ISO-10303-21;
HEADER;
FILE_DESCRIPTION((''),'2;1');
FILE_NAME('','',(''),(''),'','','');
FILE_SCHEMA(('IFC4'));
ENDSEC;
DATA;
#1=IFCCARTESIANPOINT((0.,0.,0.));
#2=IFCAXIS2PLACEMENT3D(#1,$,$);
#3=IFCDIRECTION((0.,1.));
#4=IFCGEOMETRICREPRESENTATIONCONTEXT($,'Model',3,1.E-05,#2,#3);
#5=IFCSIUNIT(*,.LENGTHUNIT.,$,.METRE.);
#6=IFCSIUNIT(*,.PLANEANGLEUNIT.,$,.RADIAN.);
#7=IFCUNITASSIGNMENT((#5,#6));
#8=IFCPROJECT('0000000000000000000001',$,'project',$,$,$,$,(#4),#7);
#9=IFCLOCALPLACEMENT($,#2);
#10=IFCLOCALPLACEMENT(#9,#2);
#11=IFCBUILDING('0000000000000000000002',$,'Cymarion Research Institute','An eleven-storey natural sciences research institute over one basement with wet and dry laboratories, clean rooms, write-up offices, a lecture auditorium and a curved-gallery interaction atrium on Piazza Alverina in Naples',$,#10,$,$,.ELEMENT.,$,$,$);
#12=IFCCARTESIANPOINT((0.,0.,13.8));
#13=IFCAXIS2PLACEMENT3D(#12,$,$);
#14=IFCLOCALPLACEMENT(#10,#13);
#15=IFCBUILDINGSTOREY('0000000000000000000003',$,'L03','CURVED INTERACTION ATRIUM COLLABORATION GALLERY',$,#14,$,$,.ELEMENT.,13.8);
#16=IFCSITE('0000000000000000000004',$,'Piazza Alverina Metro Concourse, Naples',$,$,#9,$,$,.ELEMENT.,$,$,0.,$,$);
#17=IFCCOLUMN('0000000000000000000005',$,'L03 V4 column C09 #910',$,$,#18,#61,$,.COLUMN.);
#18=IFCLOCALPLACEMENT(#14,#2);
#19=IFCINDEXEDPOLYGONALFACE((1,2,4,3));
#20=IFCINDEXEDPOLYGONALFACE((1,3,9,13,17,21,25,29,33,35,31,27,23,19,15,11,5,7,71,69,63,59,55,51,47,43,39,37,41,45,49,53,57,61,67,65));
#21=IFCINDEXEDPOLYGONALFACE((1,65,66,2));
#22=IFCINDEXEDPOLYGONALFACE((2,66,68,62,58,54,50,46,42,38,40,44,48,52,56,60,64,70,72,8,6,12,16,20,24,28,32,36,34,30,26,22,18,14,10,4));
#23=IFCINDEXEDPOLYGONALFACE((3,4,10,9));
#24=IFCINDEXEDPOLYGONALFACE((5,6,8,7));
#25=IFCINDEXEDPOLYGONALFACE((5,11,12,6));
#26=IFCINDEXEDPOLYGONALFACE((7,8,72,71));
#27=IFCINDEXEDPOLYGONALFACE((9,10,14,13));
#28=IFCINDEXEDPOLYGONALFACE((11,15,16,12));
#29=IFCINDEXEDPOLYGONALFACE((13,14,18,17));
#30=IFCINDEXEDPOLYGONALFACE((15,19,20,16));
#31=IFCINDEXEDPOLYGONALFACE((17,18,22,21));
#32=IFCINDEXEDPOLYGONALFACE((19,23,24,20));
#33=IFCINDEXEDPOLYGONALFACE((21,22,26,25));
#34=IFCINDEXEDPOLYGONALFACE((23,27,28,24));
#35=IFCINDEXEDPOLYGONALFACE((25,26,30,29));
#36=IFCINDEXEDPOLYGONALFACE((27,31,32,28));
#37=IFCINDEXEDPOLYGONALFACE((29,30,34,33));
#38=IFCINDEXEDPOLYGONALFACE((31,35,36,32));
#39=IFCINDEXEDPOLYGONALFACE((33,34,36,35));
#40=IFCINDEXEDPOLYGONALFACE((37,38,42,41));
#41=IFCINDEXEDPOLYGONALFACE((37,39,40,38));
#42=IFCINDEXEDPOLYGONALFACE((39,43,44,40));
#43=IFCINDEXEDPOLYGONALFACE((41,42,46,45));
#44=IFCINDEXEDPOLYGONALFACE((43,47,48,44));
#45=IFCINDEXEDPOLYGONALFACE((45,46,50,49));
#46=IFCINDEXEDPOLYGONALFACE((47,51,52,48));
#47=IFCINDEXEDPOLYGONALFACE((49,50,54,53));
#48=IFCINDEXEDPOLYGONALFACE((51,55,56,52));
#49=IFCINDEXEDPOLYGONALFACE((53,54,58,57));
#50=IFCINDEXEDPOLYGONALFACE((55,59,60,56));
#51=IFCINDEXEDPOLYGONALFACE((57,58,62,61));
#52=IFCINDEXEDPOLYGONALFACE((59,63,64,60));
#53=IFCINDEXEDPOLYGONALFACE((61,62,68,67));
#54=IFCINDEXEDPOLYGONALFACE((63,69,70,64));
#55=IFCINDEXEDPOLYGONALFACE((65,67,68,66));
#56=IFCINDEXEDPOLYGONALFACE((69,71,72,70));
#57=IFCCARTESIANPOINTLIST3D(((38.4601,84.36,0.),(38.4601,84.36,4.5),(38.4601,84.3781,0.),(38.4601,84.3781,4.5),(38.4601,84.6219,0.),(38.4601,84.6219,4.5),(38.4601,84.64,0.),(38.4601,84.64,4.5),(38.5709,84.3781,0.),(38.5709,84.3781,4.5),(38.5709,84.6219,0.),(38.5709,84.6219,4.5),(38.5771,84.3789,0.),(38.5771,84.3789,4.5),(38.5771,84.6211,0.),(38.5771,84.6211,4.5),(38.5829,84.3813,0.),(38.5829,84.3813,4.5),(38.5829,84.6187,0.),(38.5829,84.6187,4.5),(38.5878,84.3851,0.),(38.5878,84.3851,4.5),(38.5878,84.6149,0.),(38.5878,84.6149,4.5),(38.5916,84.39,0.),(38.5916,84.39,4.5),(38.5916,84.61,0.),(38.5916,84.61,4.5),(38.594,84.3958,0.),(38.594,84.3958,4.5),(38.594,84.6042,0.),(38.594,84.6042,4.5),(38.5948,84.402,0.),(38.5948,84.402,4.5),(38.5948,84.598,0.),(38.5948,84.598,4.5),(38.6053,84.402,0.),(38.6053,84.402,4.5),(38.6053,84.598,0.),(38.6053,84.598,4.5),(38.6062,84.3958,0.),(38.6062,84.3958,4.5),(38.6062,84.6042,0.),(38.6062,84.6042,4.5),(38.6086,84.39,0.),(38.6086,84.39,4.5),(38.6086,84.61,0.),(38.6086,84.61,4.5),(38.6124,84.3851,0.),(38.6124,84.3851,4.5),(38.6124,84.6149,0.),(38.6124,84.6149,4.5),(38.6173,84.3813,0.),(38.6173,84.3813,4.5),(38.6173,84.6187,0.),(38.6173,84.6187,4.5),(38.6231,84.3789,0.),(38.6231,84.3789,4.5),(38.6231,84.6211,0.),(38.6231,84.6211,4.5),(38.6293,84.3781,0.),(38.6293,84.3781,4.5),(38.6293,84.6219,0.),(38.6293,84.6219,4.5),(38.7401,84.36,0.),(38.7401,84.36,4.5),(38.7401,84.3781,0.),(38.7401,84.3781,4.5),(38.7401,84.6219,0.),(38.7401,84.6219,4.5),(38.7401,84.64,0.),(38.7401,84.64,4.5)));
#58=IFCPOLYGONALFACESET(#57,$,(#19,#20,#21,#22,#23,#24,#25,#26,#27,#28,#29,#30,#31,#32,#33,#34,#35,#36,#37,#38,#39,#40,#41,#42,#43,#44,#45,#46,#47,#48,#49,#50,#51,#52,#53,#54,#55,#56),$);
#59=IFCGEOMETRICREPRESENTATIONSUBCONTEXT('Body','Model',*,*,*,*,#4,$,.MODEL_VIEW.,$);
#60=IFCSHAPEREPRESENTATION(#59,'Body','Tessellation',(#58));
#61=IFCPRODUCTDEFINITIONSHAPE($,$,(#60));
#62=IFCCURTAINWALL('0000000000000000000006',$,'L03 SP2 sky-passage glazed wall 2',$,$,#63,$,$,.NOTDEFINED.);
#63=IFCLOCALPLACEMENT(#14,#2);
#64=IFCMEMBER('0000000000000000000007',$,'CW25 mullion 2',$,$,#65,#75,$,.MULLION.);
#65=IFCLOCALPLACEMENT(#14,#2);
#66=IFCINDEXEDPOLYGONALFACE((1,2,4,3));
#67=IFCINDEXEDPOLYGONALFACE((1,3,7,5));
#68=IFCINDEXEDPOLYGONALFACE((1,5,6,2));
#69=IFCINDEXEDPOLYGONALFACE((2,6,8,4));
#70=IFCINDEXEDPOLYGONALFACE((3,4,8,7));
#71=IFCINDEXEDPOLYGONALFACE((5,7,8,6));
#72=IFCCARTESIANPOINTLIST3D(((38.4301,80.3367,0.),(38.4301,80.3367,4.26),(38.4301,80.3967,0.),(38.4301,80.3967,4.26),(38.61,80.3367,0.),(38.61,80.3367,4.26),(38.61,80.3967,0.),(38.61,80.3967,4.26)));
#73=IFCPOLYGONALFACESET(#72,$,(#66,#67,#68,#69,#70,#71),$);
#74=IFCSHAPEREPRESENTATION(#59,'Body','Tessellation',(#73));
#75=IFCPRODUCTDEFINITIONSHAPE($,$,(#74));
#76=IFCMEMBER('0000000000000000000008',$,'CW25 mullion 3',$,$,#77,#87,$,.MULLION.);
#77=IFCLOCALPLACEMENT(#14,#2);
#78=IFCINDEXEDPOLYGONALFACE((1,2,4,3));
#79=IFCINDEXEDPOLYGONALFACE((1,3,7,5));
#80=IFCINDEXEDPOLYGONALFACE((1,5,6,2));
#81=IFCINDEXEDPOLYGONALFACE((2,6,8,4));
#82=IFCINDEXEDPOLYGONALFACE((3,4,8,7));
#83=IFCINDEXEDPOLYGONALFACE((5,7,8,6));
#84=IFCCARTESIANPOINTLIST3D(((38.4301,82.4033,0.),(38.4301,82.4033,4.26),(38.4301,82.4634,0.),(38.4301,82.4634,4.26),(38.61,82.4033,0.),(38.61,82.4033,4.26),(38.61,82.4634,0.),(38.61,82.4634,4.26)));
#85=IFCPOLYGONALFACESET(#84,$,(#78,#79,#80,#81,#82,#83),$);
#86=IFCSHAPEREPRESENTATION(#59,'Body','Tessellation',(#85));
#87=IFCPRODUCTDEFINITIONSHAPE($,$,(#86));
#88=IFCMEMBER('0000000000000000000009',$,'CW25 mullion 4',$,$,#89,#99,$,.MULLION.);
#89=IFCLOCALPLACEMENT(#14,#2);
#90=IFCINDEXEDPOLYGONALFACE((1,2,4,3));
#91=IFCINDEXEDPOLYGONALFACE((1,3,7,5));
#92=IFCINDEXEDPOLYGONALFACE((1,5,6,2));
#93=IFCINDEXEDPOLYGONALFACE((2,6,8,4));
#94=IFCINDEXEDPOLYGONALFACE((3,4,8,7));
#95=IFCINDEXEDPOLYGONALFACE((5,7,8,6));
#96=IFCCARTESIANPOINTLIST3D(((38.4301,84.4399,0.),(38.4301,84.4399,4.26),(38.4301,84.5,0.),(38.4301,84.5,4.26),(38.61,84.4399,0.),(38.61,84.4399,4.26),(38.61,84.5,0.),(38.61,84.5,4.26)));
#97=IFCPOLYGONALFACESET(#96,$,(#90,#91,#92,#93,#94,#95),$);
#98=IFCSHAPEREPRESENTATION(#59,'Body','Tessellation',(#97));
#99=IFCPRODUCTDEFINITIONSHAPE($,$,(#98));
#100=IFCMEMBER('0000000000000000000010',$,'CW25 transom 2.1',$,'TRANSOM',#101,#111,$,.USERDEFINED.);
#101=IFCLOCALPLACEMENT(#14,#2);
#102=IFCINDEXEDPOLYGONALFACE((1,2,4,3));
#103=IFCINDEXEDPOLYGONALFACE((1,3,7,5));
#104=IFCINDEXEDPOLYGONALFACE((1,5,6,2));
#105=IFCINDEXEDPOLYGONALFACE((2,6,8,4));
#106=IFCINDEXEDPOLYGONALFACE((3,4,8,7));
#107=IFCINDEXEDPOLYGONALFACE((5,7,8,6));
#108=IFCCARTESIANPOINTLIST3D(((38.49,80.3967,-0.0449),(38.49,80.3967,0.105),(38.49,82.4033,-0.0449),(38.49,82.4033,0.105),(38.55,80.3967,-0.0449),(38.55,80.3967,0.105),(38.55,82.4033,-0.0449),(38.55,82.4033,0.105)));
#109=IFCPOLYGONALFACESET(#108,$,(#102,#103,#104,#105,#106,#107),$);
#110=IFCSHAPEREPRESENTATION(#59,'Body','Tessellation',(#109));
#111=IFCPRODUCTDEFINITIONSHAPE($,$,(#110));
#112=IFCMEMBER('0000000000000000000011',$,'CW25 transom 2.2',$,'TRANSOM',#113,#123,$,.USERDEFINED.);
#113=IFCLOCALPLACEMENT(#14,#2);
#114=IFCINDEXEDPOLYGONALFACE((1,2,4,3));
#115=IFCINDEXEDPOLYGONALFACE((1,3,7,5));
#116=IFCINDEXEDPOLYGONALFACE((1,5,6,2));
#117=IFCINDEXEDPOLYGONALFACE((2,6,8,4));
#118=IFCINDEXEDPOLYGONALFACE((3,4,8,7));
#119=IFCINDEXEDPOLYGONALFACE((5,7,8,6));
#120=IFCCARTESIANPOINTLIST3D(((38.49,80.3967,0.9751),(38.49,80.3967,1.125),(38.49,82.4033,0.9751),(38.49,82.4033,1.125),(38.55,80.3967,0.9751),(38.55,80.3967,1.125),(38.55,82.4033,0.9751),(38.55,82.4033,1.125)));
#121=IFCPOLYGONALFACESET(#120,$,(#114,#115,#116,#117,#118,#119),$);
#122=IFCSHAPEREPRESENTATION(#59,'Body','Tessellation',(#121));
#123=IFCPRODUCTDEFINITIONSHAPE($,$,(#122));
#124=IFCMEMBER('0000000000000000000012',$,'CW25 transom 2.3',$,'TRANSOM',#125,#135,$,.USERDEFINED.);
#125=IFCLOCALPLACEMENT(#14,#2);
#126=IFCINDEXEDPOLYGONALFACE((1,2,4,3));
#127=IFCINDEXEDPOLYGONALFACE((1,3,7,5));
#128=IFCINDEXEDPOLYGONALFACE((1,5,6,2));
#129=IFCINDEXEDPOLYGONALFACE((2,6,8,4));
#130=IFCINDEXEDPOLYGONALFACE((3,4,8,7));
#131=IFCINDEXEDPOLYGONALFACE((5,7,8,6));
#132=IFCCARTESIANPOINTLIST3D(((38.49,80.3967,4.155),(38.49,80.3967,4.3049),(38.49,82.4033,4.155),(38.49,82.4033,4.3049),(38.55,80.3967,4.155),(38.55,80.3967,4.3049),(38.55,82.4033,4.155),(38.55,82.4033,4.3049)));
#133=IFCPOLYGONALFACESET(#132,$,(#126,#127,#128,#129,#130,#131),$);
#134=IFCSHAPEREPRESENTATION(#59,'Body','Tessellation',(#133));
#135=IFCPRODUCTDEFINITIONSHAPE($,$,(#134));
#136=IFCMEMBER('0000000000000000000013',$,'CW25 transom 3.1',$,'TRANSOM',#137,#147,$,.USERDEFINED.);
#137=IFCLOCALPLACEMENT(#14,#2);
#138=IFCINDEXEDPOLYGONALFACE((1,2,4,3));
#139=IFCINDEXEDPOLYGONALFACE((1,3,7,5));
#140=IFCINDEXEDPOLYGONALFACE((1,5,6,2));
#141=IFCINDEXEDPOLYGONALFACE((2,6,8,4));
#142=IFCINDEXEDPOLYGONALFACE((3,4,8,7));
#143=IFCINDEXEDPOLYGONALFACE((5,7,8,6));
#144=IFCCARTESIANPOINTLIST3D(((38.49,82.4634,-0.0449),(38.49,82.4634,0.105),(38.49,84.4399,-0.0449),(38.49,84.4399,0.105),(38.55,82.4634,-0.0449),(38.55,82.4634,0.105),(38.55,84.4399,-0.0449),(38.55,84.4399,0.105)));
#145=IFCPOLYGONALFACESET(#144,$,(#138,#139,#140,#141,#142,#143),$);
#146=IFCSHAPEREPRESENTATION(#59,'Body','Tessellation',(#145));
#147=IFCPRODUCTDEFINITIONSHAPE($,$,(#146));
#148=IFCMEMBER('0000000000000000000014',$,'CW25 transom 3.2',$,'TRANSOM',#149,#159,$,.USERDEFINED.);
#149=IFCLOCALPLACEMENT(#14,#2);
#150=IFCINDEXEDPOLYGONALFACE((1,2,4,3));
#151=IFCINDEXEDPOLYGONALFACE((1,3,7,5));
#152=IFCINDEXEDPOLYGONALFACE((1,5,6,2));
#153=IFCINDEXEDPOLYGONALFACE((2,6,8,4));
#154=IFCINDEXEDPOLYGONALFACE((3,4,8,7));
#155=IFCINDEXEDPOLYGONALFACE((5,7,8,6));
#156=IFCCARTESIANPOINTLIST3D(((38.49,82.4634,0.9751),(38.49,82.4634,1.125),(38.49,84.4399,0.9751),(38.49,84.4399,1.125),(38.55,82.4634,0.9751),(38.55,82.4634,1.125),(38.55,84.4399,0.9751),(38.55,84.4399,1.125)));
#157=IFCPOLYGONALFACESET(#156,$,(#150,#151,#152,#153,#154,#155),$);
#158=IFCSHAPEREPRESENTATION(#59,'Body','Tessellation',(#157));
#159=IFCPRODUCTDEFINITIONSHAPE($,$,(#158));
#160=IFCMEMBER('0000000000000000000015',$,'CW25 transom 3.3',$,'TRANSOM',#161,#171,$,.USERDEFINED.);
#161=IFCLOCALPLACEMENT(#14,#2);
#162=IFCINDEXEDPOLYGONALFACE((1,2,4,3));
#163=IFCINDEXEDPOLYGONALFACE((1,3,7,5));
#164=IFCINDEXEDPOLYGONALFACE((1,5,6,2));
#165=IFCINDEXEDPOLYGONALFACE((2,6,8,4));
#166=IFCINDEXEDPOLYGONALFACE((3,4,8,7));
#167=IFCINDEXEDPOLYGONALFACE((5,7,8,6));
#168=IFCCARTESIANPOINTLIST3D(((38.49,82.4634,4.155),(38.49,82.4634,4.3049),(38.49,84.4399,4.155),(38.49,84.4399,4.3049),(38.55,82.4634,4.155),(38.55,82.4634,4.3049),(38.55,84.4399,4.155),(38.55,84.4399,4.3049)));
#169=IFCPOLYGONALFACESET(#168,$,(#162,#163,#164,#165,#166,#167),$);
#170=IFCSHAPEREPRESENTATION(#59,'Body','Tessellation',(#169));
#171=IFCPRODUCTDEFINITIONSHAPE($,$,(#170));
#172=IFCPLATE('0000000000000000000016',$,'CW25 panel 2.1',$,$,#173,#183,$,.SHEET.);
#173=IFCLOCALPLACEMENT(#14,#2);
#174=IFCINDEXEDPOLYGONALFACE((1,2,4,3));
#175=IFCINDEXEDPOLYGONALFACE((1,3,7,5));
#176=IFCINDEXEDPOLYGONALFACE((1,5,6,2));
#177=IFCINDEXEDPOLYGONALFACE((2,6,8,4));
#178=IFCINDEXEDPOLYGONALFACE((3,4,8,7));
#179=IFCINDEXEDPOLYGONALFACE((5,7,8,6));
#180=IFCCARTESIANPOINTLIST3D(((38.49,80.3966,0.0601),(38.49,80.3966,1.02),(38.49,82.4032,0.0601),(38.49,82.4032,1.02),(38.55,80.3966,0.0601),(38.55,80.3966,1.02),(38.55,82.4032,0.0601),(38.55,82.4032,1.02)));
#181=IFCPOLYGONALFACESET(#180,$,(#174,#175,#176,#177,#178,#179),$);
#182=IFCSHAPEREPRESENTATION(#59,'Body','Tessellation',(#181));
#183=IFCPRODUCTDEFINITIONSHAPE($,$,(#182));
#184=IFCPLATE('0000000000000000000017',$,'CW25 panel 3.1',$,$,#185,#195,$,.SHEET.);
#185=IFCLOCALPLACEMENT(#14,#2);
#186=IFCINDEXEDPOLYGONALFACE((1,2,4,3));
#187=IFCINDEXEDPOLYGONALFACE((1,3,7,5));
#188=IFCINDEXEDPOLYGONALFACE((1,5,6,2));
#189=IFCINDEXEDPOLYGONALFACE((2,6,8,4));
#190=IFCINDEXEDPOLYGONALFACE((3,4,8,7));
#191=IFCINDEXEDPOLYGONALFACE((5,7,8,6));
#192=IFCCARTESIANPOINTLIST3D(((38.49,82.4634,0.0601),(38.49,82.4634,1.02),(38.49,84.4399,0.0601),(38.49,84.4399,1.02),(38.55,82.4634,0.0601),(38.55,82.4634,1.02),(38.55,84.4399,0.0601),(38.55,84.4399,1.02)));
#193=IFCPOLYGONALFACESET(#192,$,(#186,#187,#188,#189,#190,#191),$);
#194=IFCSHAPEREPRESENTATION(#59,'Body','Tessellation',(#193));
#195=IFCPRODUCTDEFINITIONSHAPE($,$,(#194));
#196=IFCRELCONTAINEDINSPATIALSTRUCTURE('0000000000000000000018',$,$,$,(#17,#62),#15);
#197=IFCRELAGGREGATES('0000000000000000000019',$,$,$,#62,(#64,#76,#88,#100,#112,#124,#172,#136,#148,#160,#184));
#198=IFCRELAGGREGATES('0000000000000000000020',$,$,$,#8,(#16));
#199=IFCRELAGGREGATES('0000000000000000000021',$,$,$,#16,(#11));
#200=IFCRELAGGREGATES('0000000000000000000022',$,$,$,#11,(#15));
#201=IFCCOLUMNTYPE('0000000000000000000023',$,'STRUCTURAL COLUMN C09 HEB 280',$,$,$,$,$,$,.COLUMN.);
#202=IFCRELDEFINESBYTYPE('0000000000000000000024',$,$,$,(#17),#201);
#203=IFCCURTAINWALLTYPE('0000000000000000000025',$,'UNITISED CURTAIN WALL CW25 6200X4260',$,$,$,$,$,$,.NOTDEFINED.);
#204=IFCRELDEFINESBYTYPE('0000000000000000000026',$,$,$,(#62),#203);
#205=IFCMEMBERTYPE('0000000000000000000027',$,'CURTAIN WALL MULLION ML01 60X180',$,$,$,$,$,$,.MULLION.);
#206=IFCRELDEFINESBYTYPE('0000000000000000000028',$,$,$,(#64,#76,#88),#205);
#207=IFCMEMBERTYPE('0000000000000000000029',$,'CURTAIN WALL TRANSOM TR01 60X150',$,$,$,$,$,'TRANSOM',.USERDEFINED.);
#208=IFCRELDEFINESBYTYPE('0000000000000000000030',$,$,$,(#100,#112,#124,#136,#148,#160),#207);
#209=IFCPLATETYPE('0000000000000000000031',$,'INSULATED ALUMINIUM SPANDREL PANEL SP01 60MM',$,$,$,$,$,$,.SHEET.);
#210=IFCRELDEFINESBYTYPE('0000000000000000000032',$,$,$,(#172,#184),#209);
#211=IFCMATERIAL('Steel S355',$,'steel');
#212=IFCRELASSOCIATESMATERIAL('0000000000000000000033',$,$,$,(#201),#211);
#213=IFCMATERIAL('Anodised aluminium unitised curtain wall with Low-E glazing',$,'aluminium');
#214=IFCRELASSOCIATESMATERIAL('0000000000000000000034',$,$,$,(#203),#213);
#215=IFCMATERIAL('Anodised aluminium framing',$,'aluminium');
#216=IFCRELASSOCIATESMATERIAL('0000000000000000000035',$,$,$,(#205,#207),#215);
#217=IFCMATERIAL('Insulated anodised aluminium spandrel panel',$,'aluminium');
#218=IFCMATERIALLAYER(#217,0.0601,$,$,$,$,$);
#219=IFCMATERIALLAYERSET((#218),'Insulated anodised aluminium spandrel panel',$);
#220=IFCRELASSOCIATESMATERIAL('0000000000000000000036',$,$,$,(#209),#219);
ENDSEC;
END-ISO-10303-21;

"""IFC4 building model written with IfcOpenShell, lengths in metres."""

from ifc_helpers import new_model, si_unit, direction, frame, origin, origin_2d, place, context, subcontext, project, spatial, rectangle, i_section, extrude, material, layer, layer_set, material_profile, profile_set, type_object, element, aggregate, save


model = new_model("IFC4")

# Units and contexts
model_context = context("Model", 3, precision=1e-05, world=origin(), true_north=direction((0.0, 1.0)))
body_context = subcontext(model_context, "Body", "Model", "MODEL_VIEW")
ifc_project = project(units=[si_unit("LENGTHUNIT", "METRE"), si_unit("PLANEANGLEUNIT", "RADIAN")], contexts=[model_context])

# Site, building, storey
site_placement = place(None, origin())
site = spatial("IfcSite", under=ifc_project, at=site_placement, Name="Piazza Alverina Metro Concourse, Naples", CompositionType="ELEMENT", RefElevation=0.0)
building_placement = place(site_placement, origin())
building = spatial("IfcBuilding", under=site, at=building_placement, Name="Cymarion Research Institute", Description="An eleven-storey natural sciences research institute over one basement with wet and dry laboratories, clean rooms, write-up offices, a lecture auditorium and a curved-gallery interaction atrium on Piazza Alverina in Naples", CompositionType="ELEMENT")
storey_placement = place(building_placement, frame((0.0, 0.0, 13.8)))
storey = spatial("IfcBuildingStorey", under=building, at=storey_placement, Name="L03", Description="CURVED INTERACTION ATRIUM COLLABORATION GALLERY", CompositionType="ELEMENT", Elevation=13.8)

# Column
ifc_material_1 = material(Name="Steel S355", Category="steel")
ifc_material_profile_1 = material_profile(ifc_material_1, i_section(OverallWidth=0.28, OverallDepth=0.28, WebThickness=0.0105, FlangeThickness=0.0181, FilletRadius=0.0239, at=origin_2d()), Name="HEB 280")
ifc_profile_set_1 = profile_set([ifc_material_profile_1], Name="Steel S355")
column_type = type_object("IfcColumnType", Name="STRUCTURAL COLUMN C09 HEB 280", PredefinedType="COLUMN", material=ifc_profile_set_1)
column_placement = place(storey_placement, frame((38.6001, 84.5, 0.0), z_axis=(0.0, 0.0, 1.0), x_axis=(1.0, 0.0, 0.0)))
element("IfcColumn", 1, at=column_placement, inside=storey, type_object=column_type, Name="L03 V4 column C09 #910", PredefinedType="COLUMN", context=body_context, shape_type="SweptSolid", body=[
    extrude(i_section(OverallWidth=0.28, OverallDepth=0.28, WebThickness=0.0105, FlangeThickness=0.0181, FilletRadius=0.0239, at=origin_2d()), origin(), (0.0, 0.0, 1.0), 4.5),
])

# Curtain wall, members, plates
ifc_material_2 = material(Name="Anodised aluminium unitised curtain wall with Low-E glazing", Category="aluminium")
curtain_wall_type = type_object("IfcCurtainWallType", Name="UNITISED CURTAIN WALL CW25 6200X4260", PredefinedType="NOTDEFINED", material=ifc_material_2)
curtain_wall_placement = place(storey_placement, origin())
curtain_wall = element("IfcCurtainWall", 2, at=curtain_wall_placement, inside=storey, type_object=curtain_wall_type, Name="L03 SP2 sky-passage glazed wall 2", PredefinedType="NOTDEFINED")
ifc_material_3 = material(Name="Anodised aluminium framing", Category="aluminium")
ifc_material_profile_2 = material_profile(ifc_material_3, rectangle(XDim=0.0601, YDim=0.1799, at=origin_2d()), Name="ALU MULLION 60x180")
ifc_profile_set_2 = profile_set([ifc_material_profile_2], Name="Anodised aluminium framing")
member_type_1 = type_object("IfcMemberType", Name="CURTAIN WALL MULLION ML01 60X180", PredefinedType="MULLION", material=ifc_profile_set_2)
member_1_placement = place(storey_placement, frame((38.52, 80.3667, 0.0), z_axis=(0.0, 0.0, 1.0), x_axis=(0.0, 1.0, 0.0)))
member_1 = element("IfcMember", 3, at=member_1_placement, type_object=member_type_1, Name="CW25 mullion 2", PredefinedType="MULLION", context=body_context, shape_type="SweptSolid", body=[
    extrude(rectangle(XDim=0.0601, YDim=0.1799, at=origin_2d()), origin(), (0.0, 0.0, 1.0), 4.26),
])
member_2_placement = place(storey_placement, frame((38.52, 82.4333, 0.0), z_axis=(0.0, 0.0, 1.0), x_axis=(0.0, 1.0, 0.0)))
member_2 = element("IfcMember", 4, at=member_2_placement, type_object=member_type_1, Name="CW25 mullion 3", PredefinedType="MULLION", context=body_context, shape_type="SweptSolid", body=[
    extrude(rectangle(XDim=0.0601, YDim=0.1799, at=origin_2d()), origin(), (0.0, 0.0, 1.0), 4.26),
])
member_3_placement = place(storey_placement, frame((38.52, 84.47, 0.0), z_axis=(0.0, 0.0, 1.0), x_axis=(0.0, 1.0, 0.0)))
member_3 = element("IfcMember", 5, at=member_3_placement, type_object=member_type_1, Name="CW25 mullion 4", PredefinedType="MULLION", context=body_context, shape_type="SweptSolid", body=[
    extrude(rectangle(XDim=0.0601, YDim=0.1799, at=origin_2d()), origin(), (0.0, 0.0, 1.0), 4.26),
])
ifc_material_profile_3 = material_profile(ifc_material_3, rectangle(XDim=0.0601, YDim=0.1499, at=origin_2d()), Name="ALU TRANSOM 60x150")
ifc_profile_set_3 = profile_set([ifc_material_profile_3], Name="Anodised aluminium framing")
member_type_2 = type_object("IfcMemberType", Name="CURTAIN WALL TRANSOM TR01 60X150", ElementType="TRANSOM", PredefinedType="USERDEFINED", material=ifc_profile_set_3)
member_4_placement = place(storey_placement, frame((38.52, 80.3967, 0.03), z_axis=(0.0, 1.0, 0.0), x_axis=(-1.0, 0.0, 0.0)))
member_4 = element("IfcMember", 6, at=member_4_placement, type_object=member_type_2, Name="CW25 transom 2.1", ObjectType="TRANSOM", PredefinedType="USERDEFINED", context=body_context, shape_type="SweptSolid", body=[
    extrude(rectangle(XDim=0.0601, YDim=0.1499, at=origin_2d()), origin(), (0.0, 0.0, 1.0), 2.0066),
])
member_5_placement = place(storey_placement, frame((38.52, 80.3967, 1.05), z_axis=(0.0, 1.0, 0.0), x_axis=(-1.0, 0.0, 0.0)))
member_5 = element("IfcMember", 7, at=member_5_placement, type_object=member_type_2, Name="CW25 transom 2.2", ObjectType="TRANSOM", PredefinedType="USERDEFINED", context=body_context, shape_type="SweptSolid", body=[
    extrude(rectangle(XDim=0.0601, YDim=0.1499, at=origin_2d()), origin(), (0.0, 0.0, 1.0), 2.0066),
])
member_6_placement = place(storey_placement, frame((38.52, 80.3967, 4.23), z_axis=(0.0, 1.0, 0.0), x_axis=(-1.0, 0.0, 0.0)))
member_6 = element("IfcMember", 8, at=member_6_placement, type_object=member_type_2, Name="CW25 transom 2.3", ObjectType="TRANSOM", PredefinedType="USERDEFINED", context=body_context, shape_type="SweptSolid", body=[
    extrude(rectangle(XDim=0.0601, YDim=0.1499, at=origin_2d()), origin(), (0.0, 0.0, 1.0), 2.0066),
])
member_7_placement = place(storey_placement, frame((38.52, 82.4634, 0.03), z_axis=(0.0, 1.0, 0.0), x_axis=(-1.0, 0.0, 0.0)))
member_7 = element("IfcMember", 9, at=member_7_placement, type_object=member_type_2, Name="CW25 transom 3.1", ObjectType="TRANSOM", PredefinedType="USERDEFINED", context=body_context, shape_type="SweptSolid", body=[
    extrude(rectangle(XDim=0.0601, YDim=0.1499, at=origin_2d()), origin(), (0.0, 0.0, 1.0), 1.9766),
])
member_8_placement = place(storey_placement, frame((38.52, 82.4634, 1.05), z_axis=(0.0, 1.0, 0.0), x_axis=(-1.0, 0.0, 0.0)))
member_8 = element("IfcMember", 10, at=member_8_placement, type_object=member_type_2, Name="CW25 transom 3.2", ObjectType="TRANSOM", PredefinedType="USERDEFINED", context=body_context, shape_type="SweptSolid", body=[
    extrude(rectangle(XDim=0.0601, YDim=0.1499, at=origin_2d()), origin(), (0.0, 0.0, 1.0), 1.9766),
])
member_9_placement = place(storey_placement, frame((38.52, 82.4634, 4.23), z_axis=(0.0, 1.0, 0.0), x_axis=(-1.0, 0.0, 0.0)))
member_9 = element("IfcMember", 11, at=member_9_placement, type_object=member_type_2, Name="CW25 transom 3.3", ObjectType="TRANSOM", PredefinedType="USERDEFINED", context=body_context, shape_type="SweptSolid", body=[
    extrude(rectangle(XDim=0.0601, YDim=0.1499, at=origin_2d()), origin(), (0.0, 0.0, 1.0), 1.9766),
])
ifc_material_4 = material(Name="Insulated anodised aluminium spandrel panel", Category="aluminium")
ifc_layer_1 = layer(ifc_material_4, 0.0601)
ifc_layer_set_1 = layer_set([ifc_layer_1], Name="Insulated anodised aluminium spandrel panel")
plate_type_1 = type_object("IfcPlateType", Name="INSULATED ALUMINIUM SPANDREL PANEL SP01 60MM", PredefinedType="SHEET", material=ifc_layer_set_1)
plate_1_placement = place(storey_placement, frame((38.52, 81.3999, 0.0601), z_axis=(0.0, 0.0, 1.0), x_axis=(0.0, 1.0, 0.0)))
plate_1 = element("IfcPlate", 12, at=plate_1_placement, type_object=plate_type_1, Name="CW25 panel 2.1", PredefinedType="SHEET", context=body_context, shape_type="SweptSolid", body=[
    extrude(rectangle(XDim=2.0066, YDim=0.0601, at=origin_2d()), origin(), (0.0, 0.0, 1.0), 0.96),
])
plate_2_placement = place(storey_placement, frame((38.52, 83.4517, 0.0601), z_axis=(0.0, 0.0, 1.0), x_axis=(0.0, 1.0, 0.0)))
plate_2 = element("IfcPlate", 13, at=plate_2_placement, type_object=plate_type_1, Name="CW25 panel 3.1", PredefinedType="SHEET", context=body_context, shape_type="SweptSolid", body=[
    extrude(rectangle(XDim=1.9766, YDim=0.0601, at=origin_2d()), origin(), (0.0, 0.0, 1.0), 0.96),
])
aggregate(curtain_wall, [member_1, member_2, member_3, member_4, member_5, member_6, plate_1, member_7, member_8, member_9, plate_2])

save(model, "model.ifc")
